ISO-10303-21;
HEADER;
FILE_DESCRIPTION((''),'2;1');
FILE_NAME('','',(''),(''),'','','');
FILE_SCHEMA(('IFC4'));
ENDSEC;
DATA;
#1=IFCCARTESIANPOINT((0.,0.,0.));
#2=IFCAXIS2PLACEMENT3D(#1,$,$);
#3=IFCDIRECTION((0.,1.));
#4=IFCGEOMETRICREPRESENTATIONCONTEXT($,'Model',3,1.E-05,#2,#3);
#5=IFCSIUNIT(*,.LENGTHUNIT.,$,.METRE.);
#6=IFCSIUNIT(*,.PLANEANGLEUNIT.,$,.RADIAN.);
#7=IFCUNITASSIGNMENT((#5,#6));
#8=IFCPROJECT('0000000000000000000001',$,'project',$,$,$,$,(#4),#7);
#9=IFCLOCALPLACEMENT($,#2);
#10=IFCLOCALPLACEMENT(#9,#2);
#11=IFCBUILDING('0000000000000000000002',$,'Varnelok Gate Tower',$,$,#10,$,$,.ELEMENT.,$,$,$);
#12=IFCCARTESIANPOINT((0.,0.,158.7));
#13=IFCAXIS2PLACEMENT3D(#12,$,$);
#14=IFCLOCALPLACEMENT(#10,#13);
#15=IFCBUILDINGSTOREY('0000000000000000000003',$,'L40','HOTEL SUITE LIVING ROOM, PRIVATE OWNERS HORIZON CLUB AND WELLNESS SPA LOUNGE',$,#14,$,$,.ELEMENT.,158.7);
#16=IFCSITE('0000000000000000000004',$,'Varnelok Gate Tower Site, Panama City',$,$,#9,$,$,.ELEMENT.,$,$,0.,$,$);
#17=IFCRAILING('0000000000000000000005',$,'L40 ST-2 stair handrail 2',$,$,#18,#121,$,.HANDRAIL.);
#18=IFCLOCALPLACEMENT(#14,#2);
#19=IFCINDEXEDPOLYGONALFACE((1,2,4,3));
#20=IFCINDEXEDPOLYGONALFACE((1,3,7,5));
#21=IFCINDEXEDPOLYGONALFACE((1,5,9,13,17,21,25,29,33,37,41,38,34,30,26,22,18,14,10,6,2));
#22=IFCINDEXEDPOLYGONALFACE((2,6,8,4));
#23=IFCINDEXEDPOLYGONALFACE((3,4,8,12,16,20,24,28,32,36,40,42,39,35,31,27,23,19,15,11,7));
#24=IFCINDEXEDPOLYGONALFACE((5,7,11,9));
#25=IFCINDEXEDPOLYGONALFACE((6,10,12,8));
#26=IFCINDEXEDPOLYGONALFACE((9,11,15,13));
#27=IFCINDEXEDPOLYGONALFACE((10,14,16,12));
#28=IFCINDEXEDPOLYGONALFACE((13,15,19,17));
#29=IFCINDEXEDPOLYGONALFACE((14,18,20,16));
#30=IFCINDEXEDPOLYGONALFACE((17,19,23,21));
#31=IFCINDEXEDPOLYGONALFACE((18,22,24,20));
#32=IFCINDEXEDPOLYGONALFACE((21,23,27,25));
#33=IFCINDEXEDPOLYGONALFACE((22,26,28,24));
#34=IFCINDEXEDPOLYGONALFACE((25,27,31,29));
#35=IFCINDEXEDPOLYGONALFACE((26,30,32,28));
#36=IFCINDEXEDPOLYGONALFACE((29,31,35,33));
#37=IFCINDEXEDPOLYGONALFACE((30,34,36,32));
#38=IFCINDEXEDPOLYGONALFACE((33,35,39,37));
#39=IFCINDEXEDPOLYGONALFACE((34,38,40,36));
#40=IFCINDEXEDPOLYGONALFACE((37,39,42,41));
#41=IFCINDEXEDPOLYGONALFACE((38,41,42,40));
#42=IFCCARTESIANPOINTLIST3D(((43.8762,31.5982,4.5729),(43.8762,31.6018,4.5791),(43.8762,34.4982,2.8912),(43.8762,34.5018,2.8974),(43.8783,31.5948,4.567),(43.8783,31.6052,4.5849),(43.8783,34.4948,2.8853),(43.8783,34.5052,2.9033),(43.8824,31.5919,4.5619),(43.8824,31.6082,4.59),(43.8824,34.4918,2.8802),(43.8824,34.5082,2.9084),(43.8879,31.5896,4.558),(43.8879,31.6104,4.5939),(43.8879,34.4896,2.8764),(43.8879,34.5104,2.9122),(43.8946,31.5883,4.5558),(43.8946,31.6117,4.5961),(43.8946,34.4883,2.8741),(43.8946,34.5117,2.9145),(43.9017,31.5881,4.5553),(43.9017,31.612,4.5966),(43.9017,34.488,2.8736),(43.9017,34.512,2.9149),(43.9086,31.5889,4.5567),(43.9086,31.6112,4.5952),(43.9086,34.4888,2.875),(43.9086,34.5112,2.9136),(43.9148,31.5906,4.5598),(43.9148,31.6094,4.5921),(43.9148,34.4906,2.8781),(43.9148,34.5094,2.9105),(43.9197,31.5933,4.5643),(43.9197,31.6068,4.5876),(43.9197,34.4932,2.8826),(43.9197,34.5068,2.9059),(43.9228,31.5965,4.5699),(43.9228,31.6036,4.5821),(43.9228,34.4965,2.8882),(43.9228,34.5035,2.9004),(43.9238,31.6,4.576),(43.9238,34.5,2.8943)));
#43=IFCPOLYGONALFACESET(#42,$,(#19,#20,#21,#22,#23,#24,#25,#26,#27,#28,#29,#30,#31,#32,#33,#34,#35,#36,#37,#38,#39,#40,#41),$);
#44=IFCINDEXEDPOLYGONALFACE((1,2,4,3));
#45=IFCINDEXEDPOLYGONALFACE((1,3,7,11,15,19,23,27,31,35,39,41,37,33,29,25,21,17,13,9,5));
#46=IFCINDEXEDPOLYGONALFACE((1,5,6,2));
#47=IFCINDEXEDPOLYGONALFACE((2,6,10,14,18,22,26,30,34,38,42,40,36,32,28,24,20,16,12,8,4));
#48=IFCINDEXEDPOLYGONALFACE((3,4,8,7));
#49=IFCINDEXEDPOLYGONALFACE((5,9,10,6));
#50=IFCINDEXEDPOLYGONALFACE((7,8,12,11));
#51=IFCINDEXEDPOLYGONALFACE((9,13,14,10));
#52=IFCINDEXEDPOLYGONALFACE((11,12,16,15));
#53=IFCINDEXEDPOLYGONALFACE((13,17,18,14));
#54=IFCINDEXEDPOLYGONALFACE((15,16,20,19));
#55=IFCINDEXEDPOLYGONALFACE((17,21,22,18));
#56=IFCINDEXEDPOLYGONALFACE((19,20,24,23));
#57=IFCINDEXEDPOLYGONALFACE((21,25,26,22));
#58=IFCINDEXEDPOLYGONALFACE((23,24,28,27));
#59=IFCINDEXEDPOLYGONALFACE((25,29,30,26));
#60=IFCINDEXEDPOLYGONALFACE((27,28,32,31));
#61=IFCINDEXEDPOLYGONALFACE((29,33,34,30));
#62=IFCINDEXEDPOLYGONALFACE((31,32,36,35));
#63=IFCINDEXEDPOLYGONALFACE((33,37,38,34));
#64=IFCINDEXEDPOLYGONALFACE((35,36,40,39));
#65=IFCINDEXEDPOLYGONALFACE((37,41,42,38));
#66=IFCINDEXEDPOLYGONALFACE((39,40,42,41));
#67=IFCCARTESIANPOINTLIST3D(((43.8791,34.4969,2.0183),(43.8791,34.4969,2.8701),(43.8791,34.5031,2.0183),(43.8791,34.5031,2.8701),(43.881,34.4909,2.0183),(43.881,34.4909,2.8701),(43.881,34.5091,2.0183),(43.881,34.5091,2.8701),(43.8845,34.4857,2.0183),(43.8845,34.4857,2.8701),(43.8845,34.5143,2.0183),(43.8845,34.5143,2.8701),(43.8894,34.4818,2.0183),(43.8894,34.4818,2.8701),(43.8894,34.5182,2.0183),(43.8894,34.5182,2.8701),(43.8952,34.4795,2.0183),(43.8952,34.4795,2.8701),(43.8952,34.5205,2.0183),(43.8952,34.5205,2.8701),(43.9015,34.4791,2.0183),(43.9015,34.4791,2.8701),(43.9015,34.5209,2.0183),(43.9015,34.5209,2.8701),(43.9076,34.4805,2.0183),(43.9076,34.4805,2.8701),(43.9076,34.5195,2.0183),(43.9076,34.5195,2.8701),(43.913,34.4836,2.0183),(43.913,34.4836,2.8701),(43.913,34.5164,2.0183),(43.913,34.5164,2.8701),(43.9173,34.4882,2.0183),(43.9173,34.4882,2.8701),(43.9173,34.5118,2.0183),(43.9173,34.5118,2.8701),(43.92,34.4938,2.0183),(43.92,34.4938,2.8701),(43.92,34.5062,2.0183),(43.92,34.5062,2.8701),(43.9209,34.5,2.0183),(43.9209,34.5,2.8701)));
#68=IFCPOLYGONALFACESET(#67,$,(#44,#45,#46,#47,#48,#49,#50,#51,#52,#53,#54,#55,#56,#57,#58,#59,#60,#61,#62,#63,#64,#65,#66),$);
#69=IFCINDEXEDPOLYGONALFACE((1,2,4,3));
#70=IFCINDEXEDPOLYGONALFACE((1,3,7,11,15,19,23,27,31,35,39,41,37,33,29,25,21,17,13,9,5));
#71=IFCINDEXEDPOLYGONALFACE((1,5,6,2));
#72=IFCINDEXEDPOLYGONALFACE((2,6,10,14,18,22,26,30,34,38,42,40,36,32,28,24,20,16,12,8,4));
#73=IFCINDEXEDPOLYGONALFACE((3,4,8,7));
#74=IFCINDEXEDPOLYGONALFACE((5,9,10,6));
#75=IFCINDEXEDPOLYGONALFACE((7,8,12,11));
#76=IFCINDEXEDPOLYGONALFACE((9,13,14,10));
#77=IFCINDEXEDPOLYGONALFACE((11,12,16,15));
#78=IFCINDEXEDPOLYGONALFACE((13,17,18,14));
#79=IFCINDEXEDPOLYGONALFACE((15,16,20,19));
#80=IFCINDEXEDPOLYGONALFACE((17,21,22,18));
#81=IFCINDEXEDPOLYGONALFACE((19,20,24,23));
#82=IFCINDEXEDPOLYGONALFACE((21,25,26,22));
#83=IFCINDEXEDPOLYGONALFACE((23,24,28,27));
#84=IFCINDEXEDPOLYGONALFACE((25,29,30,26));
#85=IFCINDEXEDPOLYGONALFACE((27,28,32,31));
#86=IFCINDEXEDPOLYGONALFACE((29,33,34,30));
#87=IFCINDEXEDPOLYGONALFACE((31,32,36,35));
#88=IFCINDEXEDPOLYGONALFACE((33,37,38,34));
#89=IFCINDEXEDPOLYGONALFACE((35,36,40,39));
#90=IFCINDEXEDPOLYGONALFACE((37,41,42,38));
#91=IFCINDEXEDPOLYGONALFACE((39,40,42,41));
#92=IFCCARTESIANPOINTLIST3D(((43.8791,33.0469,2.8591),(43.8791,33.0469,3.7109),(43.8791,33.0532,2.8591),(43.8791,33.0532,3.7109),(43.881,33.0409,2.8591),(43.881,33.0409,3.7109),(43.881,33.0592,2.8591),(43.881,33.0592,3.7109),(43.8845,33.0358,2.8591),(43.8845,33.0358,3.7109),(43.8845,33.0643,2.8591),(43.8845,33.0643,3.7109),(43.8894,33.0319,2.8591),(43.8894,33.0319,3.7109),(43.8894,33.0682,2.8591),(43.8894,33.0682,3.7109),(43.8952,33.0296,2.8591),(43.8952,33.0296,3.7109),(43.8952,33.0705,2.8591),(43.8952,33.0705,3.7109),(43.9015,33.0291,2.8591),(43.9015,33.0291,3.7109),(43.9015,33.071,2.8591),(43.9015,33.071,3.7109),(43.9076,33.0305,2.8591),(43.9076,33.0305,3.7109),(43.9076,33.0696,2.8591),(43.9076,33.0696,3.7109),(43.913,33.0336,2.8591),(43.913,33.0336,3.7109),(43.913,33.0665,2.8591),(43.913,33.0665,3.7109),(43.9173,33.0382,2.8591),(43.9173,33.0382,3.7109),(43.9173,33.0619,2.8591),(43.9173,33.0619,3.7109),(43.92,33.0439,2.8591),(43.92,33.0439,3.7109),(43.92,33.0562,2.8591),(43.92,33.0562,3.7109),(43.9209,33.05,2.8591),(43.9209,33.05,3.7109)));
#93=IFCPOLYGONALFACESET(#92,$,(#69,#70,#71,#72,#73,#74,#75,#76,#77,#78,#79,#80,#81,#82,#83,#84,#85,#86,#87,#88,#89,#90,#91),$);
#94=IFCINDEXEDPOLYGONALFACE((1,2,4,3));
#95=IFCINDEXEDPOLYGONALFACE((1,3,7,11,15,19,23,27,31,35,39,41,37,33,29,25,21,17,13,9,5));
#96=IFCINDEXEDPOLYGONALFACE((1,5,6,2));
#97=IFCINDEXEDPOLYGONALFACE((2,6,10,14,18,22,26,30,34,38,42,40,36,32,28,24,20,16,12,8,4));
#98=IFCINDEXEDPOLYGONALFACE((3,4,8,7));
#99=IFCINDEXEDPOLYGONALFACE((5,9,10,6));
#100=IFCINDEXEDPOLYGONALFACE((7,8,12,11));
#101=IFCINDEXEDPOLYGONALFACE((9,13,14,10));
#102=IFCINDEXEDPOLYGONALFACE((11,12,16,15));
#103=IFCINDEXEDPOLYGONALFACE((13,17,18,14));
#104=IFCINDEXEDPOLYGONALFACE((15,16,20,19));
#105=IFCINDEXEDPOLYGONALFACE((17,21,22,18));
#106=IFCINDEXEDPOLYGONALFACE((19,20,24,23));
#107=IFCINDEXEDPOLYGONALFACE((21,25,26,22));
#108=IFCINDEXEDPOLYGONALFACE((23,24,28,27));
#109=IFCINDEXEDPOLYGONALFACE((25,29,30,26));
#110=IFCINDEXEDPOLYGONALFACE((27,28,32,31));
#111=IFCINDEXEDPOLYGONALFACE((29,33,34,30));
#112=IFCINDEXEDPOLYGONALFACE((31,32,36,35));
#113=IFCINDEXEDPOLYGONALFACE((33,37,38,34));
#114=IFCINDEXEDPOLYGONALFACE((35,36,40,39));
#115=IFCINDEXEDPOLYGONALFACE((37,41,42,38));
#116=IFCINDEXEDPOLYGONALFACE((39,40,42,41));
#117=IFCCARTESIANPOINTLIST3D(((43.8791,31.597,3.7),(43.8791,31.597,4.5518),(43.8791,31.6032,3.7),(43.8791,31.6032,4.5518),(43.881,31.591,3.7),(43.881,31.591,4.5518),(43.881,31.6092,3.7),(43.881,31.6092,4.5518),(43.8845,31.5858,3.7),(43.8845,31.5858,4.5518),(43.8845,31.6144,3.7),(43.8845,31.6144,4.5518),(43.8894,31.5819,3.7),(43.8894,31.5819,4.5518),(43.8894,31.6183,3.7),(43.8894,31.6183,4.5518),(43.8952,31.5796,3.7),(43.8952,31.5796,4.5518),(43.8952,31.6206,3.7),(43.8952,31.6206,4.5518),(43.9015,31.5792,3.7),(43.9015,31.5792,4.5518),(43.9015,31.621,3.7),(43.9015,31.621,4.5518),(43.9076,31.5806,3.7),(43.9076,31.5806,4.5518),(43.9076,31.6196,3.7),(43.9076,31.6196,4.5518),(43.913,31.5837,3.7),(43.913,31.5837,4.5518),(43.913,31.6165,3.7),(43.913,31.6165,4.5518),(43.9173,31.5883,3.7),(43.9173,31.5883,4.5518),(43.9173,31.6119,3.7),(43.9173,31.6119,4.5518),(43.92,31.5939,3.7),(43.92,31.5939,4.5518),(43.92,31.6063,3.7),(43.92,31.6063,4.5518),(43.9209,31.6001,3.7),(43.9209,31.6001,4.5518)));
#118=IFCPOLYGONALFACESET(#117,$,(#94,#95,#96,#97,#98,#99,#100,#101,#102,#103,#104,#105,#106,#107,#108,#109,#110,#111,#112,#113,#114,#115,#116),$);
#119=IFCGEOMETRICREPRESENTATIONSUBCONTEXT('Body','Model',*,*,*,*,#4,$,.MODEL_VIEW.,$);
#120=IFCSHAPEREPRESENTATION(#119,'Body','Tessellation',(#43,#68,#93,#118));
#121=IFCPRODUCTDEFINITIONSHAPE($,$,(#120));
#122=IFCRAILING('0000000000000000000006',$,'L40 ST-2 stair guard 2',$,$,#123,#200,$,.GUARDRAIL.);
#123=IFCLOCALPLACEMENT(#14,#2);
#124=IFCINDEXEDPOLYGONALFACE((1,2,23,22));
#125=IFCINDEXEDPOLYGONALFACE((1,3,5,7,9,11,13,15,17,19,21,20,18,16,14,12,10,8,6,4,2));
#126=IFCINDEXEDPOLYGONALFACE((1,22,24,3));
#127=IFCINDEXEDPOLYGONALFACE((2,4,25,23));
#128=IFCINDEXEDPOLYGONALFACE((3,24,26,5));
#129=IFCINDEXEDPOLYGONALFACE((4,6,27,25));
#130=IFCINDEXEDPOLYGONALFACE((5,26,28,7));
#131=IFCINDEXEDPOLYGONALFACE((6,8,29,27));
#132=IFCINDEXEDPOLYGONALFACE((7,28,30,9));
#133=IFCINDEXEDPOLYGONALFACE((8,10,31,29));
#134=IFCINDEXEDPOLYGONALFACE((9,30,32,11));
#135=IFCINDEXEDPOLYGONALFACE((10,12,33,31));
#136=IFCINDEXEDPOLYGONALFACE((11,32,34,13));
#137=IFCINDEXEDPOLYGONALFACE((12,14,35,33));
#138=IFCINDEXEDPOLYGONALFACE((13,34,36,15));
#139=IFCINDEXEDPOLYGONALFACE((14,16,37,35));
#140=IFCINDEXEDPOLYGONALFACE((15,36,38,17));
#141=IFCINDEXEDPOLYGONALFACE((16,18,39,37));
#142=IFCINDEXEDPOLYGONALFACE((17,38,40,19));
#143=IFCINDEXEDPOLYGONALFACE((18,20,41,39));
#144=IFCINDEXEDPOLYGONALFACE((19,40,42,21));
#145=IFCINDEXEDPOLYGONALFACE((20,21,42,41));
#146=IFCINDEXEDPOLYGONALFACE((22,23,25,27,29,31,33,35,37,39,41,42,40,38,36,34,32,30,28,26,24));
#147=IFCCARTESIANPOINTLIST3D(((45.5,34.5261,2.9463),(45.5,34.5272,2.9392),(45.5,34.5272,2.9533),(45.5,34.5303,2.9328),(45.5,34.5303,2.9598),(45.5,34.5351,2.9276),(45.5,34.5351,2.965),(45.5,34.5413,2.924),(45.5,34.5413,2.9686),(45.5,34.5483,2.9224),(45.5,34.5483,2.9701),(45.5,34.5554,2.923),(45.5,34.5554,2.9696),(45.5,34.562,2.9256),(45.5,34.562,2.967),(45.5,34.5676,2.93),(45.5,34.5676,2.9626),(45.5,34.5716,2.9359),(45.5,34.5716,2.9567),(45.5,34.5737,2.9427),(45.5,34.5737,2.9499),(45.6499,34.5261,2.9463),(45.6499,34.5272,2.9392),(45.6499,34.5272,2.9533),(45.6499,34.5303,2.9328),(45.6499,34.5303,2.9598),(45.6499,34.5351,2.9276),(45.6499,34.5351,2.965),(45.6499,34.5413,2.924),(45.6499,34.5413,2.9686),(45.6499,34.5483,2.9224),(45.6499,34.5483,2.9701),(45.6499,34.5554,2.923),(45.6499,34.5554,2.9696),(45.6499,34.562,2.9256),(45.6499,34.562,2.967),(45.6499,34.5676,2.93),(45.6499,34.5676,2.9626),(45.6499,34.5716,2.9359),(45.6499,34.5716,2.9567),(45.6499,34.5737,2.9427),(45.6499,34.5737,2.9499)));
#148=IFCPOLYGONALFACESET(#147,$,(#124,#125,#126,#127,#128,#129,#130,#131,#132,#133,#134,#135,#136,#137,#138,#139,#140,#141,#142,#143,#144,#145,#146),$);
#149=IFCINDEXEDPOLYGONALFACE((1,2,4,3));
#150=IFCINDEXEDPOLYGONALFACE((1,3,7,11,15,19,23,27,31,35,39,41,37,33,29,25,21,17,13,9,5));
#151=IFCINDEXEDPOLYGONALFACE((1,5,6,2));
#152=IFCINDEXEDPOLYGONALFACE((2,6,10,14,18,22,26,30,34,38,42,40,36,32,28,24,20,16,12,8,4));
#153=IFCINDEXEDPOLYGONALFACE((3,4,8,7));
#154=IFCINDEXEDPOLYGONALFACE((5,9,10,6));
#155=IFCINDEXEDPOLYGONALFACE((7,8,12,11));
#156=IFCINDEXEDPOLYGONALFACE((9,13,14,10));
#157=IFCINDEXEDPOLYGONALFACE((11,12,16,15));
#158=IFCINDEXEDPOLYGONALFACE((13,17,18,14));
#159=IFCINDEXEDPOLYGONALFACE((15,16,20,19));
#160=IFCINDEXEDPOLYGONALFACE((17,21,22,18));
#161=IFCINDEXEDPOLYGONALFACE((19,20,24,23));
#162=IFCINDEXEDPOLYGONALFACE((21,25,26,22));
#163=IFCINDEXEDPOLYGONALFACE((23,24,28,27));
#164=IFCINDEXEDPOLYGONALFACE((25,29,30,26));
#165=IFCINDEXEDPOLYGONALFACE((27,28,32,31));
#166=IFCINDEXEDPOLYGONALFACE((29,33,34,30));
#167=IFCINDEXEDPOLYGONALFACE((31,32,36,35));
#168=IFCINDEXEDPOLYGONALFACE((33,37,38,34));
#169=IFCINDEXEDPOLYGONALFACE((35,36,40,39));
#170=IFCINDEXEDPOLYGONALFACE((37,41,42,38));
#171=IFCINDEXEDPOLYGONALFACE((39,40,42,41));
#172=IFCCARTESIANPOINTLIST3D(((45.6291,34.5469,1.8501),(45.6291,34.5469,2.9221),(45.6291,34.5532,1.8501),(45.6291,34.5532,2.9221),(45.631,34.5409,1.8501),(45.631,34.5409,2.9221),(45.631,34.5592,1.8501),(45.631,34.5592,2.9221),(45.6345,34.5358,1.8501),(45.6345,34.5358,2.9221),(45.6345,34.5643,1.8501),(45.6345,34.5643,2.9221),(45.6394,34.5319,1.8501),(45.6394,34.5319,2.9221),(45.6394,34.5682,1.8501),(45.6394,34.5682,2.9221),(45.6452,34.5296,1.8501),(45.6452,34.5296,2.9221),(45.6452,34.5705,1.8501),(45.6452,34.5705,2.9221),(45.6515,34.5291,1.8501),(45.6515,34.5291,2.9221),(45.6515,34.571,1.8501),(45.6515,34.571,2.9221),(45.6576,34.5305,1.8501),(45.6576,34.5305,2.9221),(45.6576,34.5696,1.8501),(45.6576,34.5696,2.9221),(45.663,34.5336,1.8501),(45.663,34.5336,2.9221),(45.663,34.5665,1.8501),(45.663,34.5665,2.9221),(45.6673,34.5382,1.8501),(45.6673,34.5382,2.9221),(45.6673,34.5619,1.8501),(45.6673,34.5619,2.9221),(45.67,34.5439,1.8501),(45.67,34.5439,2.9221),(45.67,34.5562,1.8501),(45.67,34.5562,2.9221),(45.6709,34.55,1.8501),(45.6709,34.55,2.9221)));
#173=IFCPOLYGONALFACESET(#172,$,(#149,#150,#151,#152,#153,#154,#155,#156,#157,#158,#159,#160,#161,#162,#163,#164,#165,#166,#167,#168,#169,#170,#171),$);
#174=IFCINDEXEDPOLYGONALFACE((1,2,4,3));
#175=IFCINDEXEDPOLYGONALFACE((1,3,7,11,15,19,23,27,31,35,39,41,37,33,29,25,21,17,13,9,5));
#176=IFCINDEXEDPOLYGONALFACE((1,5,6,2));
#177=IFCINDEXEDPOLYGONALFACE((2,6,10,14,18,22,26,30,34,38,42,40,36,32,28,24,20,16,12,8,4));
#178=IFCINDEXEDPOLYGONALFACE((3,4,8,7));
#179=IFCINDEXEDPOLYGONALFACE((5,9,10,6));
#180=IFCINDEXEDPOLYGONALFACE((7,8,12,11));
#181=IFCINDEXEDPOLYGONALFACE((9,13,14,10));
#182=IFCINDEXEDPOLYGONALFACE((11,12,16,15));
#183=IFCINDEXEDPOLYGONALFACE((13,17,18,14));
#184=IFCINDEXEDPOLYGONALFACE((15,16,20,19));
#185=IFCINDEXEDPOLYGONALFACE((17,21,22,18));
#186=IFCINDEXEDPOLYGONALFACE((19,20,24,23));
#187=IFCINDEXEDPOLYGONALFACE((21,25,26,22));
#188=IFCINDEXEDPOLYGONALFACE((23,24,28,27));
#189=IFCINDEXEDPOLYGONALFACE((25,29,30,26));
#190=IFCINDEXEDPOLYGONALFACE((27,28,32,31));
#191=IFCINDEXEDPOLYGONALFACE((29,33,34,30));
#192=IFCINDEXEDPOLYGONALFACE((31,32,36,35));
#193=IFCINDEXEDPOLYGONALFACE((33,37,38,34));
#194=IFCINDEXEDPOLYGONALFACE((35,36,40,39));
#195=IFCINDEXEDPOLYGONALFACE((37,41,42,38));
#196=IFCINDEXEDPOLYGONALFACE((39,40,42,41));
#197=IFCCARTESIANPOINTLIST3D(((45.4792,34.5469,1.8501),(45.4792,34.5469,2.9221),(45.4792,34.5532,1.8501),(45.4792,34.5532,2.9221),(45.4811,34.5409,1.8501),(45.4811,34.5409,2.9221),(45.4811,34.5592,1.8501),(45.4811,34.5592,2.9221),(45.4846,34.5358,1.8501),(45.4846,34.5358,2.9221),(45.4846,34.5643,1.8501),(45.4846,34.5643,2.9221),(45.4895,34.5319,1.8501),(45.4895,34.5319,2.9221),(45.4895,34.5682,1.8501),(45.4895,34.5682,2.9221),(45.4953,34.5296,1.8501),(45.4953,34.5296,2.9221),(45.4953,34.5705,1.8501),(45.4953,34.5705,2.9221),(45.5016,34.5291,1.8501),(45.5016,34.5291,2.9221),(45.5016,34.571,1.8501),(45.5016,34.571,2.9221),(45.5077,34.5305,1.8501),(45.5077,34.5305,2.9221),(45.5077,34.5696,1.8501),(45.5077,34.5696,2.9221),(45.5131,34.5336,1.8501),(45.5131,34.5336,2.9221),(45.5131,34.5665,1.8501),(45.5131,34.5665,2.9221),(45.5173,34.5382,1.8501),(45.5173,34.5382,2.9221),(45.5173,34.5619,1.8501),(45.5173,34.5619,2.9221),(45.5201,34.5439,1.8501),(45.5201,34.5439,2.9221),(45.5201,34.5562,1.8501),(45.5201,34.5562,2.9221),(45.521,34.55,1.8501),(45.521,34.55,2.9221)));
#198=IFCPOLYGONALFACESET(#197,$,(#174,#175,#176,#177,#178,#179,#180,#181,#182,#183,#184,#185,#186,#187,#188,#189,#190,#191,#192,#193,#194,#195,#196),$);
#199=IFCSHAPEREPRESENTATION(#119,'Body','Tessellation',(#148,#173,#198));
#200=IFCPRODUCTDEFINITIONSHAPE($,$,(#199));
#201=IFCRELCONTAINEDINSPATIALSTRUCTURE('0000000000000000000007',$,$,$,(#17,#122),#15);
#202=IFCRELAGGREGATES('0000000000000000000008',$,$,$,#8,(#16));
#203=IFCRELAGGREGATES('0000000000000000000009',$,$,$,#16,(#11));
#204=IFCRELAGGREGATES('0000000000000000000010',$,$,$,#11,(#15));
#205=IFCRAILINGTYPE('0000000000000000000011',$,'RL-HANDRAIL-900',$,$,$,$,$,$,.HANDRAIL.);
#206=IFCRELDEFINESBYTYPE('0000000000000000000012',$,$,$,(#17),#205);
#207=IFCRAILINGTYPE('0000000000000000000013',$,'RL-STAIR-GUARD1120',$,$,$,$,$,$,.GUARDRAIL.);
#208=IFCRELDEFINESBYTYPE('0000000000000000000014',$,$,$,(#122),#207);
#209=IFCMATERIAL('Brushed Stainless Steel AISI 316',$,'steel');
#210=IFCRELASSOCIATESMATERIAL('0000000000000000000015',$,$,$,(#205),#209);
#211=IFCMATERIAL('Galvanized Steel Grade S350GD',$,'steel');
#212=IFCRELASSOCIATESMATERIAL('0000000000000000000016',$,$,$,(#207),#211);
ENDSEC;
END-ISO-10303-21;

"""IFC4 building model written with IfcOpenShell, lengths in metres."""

from ifc_helpers import new_model, si_unit, direction, frame, origin, origin_2d, place, context, subcontext, project, spatial, circle, extrude, material, type_object, element, save


model = new_model("IFC4")

# Units and contexts
model_context = context("Model", 3, precision=1e-05, world=origin(), true_north=direction((0.0, 1.0)))
body_context = subcontext(model_context, "Body", "Model", "MODEL_VIEW")
ifc_project = project(units=[si_unit("LENGTHUNIT", "METRE"), si_unit("PLANEANGLEUNIT", "RADIAN")], contexts=[model_context])

# Site, building, storey
site_placement = place(None, origin())
site = spatial("IfcSite", under=ifc_project, at=site_placement, Name="Varnelok Gate Tower Site, Panama City", CompositionType="ELEMENT", RefElevation=0.0)
building_placement = place(site_placement, origin())
building = spatial("IfcBuilding", under=site, at=building_placement, Name="Varnelok Gate Tower", CompositionType="ELEMENT")
storey_placement = place(building_placement, frame((0.0, 0.0, 158.7)))
storey = spatial("IfcBuildingStorey", under=building, at=storey_placement, Name="L40", Description="HOTEL SUITE LIVING ROOM, PRIVATE OWNERS HORIZON CLUB AND WELLNESS SPA LOUNGE", CompositionType="ELEMENT", Elevation=158.7)

# Shared definitions
ifc_material_1 = material(Name="Galvanized Steel Grade S350GD", Category="steel")

# Railings
ifc_material_2 = material(Name="Brushed Stainless Steel AISI 316", Category="steel")
railing_type_1 = type_object("IfcRailingType", Name="RL-HANDRAIL-900", PredefinedType="HANDRAIL", material=ifc_material_2)
railing_1_placement = place(storey_placement, frame((43.8999, 34.5, 2.0183)))
element("IfcRailing", 1, at=railing_1_placement, inside=storey, type_object=railing_type_1, Name="L40 ST-2 stair handrail 2", PredefinedType="HANDRAIL", context=body_context, shape_type="SweptSolid", body=[
    extrude(circle(Radius=0.0239, at=origin_2d()), frame((0.0, 0.0, 0.876), z_axis=(0.0, -0.86507, 0.501651), x_axis=(1.0, 0.0, 0.0)), (0.0, 0.0, 1.0), 3.3523),
    extrude(circle(Radius=0.021, at=origin_2d()), origin(), (0.0, 0.0, 1.0), 0.8518),
    extrude(circle(Radius=0.021, at=origin_2d()), frame((0.0, -1.45, 0.8408)), (0.0, 0.0, 1.0), 0.8518),
    extrude(circle(Radius=0.021, at=origin_2d()), frame((0.0, -2.8999, 1.6816)), (0.0, 0.0, 1.0), 0.8518),
])
railing_type_2 = type_object("IfcRailingType", Name="RL-STAIR-GUARD1120", PredefinedType="GUARDRAIL", material=ifc_material_1)
railing_2_placement = place(storey_placement, frame((45.6499, 34.55, 1.8501)))
element("IfcRailing", 2, at=railing_2_placement, inside=storey, type_object=railing_type_2, Name="L40 ST-2 stair guard 2", PredefinedType="GUARDRAIL", context=body_context, shape_type="SweptSolid", body=[
    extrude(circle(Radius=0.0239, at=origin_2d()), frame((0.0, 0.0, 1.0962), z_axis=(-1.0, 0.0, 0.0), x_axis=(0.0, -1.0, 0.0)), (0.0, 0.0, 1.0), 0.1499),
    extrude(circle(Radius=0.021, at=origin_2d()), origin(), (0.0, 0.0, 1.0), 1.072),
    extrude(circle(Radius=0.021, at=origin_2d()), frame((-0.1499, 0.0, 0.0)), (0.0, 0.0, 1.0), 1.072),
])

save(model, "model.ifc")
